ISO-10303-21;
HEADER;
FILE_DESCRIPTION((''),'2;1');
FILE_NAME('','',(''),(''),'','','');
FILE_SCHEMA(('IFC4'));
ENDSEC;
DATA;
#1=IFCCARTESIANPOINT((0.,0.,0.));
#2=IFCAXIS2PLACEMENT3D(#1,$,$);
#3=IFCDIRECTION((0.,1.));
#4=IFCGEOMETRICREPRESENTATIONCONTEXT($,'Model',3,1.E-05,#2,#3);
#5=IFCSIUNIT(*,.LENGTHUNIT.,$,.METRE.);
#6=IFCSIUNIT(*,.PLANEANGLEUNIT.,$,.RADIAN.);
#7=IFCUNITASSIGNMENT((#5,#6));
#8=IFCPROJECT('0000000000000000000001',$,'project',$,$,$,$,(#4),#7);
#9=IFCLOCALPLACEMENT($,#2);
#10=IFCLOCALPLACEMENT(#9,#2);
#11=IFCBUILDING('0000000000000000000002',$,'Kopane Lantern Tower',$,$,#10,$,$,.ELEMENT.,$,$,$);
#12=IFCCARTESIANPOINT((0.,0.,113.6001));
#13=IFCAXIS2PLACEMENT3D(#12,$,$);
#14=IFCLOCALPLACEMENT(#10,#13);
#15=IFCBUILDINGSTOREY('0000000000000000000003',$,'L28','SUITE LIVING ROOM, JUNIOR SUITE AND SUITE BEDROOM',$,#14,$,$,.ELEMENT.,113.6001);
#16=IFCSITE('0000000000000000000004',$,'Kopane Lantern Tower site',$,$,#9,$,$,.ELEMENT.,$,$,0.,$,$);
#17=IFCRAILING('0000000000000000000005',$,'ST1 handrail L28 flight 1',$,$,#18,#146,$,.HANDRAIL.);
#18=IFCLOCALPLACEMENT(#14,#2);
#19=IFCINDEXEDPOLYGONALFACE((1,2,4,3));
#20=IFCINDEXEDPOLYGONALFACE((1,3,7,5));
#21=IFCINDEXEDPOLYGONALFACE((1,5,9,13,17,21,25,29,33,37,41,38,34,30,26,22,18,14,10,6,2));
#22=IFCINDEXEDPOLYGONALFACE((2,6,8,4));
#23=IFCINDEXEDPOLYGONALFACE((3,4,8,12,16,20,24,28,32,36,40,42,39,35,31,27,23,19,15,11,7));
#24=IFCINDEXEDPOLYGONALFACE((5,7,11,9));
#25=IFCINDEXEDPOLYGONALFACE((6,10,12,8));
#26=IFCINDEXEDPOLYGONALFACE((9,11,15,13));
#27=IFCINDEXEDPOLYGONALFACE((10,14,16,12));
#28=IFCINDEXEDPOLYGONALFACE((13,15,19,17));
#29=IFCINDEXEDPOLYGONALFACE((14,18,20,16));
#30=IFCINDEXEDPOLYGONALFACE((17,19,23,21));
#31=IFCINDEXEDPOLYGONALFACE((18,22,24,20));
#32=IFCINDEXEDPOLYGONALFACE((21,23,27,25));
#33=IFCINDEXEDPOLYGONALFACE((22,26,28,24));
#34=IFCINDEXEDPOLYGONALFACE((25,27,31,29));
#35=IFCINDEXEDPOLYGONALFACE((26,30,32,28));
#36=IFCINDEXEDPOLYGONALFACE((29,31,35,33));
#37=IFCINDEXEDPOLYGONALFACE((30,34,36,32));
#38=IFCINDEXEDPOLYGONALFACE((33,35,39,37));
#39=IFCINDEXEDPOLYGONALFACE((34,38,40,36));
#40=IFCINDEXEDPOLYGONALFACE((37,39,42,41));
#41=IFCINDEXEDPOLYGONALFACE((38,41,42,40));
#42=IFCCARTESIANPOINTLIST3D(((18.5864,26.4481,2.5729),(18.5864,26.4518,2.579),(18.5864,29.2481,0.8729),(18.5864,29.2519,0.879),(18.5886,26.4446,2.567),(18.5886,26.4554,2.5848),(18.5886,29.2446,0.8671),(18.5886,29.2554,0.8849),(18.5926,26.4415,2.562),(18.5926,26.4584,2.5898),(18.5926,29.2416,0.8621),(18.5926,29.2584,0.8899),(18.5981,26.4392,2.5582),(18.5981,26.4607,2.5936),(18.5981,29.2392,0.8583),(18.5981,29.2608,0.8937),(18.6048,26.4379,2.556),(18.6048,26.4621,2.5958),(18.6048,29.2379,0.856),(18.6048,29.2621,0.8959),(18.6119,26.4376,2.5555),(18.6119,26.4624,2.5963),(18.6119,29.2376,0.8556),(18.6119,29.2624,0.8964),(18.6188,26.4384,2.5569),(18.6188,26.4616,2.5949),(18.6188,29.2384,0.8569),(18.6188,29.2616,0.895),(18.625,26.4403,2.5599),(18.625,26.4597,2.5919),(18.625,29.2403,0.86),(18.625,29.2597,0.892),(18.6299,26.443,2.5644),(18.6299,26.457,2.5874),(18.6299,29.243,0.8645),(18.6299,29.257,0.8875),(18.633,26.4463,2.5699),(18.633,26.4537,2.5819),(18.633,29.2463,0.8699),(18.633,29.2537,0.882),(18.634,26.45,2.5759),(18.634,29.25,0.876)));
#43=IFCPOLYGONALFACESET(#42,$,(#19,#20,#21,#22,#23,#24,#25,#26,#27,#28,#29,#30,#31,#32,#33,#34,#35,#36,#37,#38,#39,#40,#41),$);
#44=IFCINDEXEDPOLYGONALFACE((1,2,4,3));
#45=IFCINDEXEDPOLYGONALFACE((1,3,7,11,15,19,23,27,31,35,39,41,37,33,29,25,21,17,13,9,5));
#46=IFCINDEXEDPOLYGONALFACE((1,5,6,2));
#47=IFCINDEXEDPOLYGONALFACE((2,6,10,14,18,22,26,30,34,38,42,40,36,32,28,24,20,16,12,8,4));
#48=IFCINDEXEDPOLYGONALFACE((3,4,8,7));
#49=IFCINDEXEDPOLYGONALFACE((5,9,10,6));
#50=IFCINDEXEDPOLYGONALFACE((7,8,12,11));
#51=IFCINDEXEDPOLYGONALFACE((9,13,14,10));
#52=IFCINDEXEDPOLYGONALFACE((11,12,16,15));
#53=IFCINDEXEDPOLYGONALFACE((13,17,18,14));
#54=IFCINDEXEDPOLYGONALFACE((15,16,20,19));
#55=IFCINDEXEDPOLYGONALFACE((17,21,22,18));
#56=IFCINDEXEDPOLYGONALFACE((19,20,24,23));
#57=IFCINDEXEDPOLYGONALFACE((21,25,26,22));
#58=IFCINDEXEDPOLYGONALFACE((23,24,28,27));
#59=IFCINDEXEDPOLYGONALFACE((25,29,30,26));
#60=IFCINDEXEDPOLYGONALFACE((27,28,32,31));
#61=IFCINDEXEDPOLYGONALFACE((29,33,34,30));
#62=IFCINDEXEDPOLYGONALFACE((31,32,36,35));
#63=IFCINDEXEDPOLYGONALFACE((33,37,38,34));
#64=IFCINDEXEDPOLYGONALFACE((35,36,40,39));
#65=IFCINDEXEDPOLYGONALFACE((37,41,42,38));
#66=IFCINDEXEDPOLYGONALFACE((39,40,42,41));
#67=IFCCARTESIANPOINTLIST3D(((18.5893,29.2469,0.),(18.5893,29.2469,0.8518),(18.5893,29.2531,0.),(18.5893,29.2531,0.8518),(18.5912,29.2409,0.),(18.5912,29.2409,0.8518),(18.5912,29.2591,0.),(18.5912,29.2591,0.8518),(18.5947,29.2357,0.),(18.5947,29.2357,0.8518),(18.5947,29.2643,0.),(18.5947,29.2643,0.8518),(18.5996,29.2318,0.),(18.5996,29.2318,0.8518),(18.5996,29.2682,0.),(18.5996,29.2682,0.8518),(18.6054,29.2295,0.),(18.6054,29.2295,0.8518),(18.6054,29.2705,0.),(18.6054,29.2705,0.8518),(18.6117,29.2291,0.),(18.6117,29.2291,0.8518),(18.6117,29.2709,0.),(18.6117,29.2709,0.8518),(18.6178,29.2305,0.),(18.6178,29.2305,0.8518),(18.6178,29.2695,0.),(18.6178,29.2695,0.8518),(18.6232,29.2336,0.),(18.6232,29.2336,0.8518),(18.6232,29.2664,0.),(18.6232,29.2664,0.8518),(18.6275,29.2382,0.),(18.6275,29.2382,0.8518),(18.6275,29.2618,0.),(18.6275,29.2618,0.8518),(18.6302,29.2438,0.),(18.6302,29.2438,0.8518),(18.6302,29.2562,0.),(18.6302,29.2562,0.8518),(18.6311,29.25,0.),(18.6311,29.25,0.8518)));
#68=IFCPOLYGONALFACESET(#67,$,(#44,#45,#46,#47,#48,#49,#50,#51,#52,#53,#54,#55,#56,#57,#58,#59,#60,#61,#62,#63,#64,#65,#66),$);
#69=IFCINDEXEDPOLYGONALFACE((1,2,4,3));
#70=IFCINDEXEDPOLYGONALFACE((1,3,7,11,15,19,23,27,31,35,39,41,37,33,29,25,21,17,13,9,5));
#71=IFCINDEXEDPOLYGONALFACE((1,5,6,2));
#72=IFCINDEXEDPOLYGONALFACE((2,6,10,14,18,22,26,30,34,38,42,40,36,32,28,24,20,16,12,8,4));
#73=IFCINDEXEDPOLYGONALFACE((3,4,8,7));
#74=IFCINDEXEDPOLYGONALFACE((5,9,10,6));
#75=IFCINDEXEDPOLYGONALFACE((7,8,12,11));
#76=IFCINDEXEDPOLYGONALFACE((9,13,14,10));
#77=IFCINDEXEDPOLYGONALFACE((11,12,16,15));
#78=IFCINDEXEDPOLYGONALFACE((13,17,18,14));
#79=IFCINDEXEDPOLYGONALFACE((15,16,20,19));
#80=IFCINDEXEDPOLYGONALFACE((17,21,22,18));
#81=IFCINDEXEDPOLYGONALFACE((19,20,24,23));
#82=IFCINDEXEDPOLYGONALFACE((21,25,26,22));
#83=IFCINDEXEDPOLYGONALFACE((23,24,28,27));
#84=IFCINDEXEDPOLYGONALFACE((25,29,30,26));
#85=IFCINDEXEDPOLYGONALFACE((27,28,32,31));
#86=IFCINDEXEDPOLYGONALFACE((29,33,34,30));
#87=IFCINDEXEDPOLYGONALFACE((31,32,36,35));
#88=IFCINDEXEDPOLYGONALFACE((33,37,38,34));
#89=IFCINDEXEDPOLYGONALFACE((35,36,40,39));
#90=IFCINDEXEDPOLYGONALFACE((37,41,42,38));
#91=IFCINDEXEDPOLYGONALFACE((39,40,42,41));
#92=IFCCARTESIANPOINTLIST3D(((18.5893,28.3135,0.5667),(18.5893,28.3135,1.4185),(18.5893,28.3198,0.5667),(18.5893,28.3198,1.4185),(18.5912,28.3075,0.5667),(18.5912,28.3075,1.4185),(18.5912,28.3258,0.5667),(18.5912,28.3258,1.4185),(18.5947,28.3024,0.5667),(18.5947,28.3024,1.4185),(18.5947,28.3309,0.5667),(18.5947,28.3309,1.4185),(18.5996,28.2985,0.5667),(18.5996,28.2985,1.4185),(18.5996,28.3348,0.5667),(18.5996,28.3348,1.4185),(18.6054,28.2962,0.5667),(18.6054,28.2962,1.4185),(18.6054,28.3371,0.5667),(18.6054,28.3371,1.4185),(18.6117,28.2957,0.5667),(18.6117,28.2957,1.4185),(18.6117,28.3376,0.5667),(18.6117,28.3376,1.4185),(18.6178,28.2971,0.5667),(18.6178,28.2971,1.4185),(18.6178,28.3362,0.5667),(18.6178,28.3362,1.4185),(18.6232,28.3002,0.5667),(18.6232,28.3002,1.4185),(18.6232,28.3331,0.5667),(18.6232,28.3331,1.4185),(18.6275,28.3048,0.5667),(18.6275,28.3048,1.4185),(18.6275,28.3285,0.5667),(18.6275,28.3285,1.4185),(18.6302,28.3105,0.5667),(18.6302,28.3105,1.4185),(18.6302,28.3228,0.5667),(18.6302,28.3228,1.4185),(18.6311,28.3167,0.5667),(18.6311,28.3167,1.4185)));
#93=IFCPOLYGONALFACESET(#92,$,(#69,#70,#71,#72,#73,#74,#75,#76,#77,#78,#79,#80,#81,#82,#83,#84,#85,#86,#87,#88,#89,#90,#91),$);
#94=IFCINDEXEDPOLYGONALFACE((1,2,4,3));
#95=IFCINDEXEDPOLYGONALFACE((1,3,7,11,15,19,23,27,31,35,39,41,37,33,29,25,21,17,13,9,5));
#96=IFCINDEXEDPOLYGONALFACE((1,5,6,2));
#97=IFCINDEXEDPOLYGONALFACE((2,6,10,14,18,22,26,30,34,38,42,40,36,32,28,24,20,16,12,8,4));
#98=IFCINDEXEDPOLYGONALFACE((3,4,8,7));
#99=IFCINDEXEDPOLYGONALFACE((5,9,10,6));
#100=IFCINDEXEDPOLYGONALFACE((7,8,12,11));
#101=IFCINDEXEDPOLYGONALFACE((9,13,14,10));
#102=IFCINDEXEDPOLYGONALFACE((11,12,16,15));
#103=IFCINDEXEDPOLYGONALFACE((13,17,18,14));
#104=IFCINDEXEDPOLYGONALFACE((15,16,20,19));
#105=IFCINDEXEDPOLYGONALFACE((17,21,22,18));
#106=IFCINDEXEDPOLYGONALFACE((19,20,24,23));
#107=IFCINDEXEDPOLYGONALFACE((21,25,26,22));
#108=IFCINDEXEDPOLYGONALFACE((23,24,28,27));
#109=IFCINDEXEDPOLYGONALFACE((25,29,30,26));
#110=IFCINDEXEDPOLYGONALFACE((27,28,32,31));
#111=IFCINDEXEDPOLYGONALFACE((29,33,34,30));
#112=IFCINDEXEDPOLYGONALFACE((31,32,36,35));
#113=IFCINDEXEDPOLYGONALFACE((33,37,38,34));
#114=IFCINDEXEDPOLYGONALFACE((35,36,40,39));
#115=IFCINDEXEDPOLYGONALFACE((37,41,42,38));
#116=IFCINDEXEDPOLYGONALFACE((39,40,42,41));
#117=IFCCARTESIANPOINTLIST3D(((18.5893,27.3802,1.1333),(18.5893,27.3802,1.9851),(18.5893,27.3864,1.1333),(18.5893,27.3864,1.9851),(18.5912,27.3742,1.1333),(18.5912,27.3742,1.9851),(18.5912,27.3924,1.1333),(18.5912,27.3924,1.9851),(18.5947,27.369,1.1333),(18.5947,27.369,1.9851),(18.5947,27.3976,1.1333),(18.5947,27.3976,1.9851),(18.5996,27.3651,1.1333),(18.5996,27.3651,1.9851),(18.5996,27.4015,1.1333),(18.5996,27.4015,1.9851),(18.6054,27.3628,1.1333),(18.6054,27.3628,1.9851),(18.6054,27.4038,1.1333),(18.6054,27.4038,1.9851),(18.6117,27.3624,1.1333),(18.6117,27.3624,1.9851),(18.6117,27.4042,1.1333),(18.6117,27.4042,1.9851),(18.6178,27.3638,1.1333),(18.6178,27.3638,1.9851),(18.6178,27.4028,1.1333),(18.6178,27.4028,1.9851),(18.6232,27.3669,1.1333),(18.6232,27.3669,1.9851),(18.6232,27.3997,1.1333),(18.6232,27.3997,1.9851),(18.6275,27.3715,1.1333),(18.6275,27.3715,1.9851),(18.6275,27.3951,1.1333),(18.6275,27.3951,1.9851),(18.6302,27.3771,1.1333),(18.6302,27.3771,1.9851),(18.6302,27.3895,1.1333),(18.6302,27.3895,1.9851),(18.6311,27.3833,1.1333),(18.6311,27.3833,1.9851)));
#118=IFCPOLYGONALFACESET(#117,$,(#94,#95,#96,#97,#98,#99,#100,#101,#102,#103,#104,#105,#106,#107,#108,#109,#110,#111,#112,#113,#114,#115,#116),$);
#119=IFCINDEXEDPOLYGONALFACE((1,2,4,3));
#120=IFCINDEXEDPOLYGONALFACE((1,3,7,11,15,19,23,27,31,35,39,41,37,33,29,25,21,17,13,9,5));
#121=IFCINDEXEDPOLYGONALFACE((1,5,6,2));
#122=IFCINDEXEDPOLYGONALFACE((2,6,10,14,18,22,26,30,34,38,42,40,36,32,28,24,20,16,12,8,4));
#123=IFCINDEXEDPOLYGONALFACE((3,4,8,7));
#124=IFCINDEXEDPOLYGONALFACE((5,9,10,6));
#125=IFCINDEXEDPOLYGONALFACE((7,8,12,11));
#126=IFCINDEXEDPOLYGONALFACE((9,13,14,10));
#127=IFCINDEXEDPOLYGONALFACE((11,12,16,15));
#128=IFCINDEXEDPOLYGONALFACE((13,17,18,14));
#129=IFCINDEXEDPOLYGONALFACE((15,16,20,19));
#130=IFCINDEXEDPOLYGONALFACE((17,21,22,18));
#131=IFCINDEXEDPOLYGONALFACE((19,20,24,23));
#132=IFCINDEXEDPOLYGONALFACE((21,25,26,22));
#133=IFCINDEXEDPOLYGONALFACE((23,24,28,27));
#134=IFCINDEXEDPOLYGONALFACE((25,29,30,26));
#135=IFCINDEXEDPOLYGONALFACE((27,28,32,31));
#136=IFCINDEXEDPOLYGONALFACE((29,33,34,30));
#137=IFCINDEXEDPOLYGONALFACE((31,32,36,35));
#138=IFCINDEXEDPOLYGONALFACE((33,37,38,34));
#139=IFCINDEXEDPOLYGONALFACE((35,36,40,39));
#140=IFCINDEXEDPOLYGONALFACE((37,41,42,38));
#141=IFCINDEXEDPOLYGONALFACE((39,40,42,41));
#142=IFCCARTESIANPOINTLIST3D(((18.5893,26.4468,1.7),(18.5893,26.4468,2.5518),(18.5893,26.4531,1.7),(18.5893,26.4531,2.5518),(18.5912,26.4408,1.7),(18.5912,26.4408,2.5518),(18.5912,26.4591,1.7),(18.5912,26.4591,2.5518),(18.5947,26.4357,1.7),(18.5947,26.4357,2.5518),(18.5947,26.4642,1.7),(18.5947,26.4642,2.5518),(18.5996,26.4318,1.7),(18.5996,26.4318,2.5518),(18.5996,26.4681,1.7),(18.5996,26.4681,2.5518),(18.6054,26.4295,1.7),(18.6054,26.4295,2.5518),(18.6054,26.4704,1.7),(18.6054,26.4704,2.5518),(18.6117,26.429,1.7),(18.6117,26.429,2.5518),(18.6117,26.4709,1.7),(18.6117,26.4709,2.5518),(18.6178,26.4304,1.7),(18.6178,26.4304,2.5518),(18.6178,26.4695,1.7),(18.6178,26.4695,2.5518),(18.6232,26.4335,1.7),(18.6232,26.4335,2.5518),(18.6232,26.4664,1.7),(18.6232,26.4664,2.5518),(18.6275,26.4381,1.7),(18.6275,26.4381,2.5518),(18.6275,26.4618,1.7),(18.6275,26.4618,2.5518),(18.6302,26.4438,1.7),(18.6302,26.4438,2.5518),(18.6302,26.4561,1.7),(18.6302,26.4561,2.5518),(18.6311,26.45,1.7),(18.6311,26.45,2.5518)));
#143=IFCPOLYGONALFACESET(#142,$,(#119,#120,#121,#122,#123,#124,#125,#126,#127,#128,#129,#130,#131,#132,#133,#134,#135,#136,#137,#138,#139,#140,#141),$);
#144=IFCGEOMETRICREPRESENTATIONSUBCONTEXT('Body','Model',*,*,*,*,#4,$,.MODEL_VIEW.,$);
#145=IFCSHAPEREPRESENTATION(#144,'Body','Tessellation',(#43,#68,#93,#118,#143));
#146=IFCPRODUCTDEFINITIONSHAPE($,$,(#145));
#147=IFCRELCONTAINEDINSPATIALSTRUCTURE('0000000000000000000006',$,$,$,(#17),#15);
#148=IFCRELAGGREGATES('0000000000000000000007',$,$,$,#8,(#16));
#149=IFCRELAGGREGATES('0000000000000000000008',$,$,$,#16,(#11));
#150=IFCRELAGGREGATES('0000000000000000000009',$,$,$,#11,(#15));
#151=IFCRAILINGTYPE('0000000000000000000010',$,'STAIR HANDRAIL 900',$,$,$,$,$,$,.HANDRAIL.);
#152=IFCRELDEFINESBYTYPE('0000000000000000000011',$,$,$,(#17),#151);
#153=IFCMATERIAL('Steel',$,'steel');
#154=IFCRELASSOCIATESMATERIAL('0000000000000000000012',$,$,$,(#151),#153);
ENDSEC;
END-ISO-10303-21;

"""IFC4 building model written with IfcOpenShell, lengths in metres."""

from ifc_helpers import new_model, si_unit, direction, frame, origin, origin_2d, place, context, subcontext, project, spatial, circle, extrude, material, type_object, element, save


model = new_model("IFC4")

# Units and contexts
model_context = context("Model", 3, precision=1e-05, world=origin(), true_north=direction((0.0, 1.0)))
body_context = subcontext(model_context, "Body", "Model", "MODEL_VIEW")
ifc_project = project(units=[si_unit("LENGTHUNIT", "METRE"), si_unit("PLANEANGLEUNIT", "RADIAN")], contexts=[model_context])

# Site, building, storey
site_placement = place(None, origin())
site = spatial("IfcSite", under=ifc_project, at=site_placement, Name="Kopane Lantern Tower site", CompositionType="ELEMENT", RefElevation=0.0)
building_placement = place(site_placement, origin())
building = spatial("IfcBuilding", under=site, at=building_placement, Name="Kopane Lantern Tower", CompositionType="ELEMENT")
storey_placement = place(building_placement, frame((0.0, 0.0, 113.6001)))
storey = spatial("IfcBuildingStorey", under=building, at=storey_placement, Name="L28", Description="SUITE LIVING ROOM, JUNIOR SUITE AND SUITE BEDROOM", CompositionType="ELEMENT", Elevation=113.6001)

# Railing
ifc_material_1 = material(Name="Steel", Category="steel")
railing_type_1 = type_object("IfcRailingType", Name="STAIR HANDRAIL 900", PredefinedType="HANDRAIL", material=ifc_material_1)
for number, where, name in (
    (1, (18.6101, 29.25, 0.0), "ST1 handrail L28 flight 1"),
):
    element("IfcRailing", number, at=place(storey_placement, frame(where)), inside=storey, type_object=railing_type_1, Name=name, PredefinedType="HANDRAIL", context=body_context, shape_type="SweptSolid", body=[
        extrude(circle(Radius=0.0239, at=origin_2d()), frame((0.0, 0.0, 0.876), z_axis=(0.0, -0.854798, 0.518961), x_axis=(1.0, 0.0, 0.0)), (0.0, 0.0, 1.0), 3.2756),
        extrude(circle(Radius=0.021, at=origin_2d()), origin(), (0.0, 0.0, 1.0), 0.8518),
        extrude(circle(Radius=0.021, at=origin_2d()), frame((0.0, -0.9333, 0.5667)), (0.0, 0.0, 1.0), 0.8518),
        extrude(circle(Radius=0.021, at=origin_2d()), frame((0.0, -1.8667, 1.1333)), (0.0, 0.0, 1.0), 0.8518),
        extrude(circle(Radius=0.021, at=origin_2d()), frame((0.0, -2.8, 1.7)), (0.0, 0.0, 1.0), 0.8518),
    ])

save(model, "model.ifc")
